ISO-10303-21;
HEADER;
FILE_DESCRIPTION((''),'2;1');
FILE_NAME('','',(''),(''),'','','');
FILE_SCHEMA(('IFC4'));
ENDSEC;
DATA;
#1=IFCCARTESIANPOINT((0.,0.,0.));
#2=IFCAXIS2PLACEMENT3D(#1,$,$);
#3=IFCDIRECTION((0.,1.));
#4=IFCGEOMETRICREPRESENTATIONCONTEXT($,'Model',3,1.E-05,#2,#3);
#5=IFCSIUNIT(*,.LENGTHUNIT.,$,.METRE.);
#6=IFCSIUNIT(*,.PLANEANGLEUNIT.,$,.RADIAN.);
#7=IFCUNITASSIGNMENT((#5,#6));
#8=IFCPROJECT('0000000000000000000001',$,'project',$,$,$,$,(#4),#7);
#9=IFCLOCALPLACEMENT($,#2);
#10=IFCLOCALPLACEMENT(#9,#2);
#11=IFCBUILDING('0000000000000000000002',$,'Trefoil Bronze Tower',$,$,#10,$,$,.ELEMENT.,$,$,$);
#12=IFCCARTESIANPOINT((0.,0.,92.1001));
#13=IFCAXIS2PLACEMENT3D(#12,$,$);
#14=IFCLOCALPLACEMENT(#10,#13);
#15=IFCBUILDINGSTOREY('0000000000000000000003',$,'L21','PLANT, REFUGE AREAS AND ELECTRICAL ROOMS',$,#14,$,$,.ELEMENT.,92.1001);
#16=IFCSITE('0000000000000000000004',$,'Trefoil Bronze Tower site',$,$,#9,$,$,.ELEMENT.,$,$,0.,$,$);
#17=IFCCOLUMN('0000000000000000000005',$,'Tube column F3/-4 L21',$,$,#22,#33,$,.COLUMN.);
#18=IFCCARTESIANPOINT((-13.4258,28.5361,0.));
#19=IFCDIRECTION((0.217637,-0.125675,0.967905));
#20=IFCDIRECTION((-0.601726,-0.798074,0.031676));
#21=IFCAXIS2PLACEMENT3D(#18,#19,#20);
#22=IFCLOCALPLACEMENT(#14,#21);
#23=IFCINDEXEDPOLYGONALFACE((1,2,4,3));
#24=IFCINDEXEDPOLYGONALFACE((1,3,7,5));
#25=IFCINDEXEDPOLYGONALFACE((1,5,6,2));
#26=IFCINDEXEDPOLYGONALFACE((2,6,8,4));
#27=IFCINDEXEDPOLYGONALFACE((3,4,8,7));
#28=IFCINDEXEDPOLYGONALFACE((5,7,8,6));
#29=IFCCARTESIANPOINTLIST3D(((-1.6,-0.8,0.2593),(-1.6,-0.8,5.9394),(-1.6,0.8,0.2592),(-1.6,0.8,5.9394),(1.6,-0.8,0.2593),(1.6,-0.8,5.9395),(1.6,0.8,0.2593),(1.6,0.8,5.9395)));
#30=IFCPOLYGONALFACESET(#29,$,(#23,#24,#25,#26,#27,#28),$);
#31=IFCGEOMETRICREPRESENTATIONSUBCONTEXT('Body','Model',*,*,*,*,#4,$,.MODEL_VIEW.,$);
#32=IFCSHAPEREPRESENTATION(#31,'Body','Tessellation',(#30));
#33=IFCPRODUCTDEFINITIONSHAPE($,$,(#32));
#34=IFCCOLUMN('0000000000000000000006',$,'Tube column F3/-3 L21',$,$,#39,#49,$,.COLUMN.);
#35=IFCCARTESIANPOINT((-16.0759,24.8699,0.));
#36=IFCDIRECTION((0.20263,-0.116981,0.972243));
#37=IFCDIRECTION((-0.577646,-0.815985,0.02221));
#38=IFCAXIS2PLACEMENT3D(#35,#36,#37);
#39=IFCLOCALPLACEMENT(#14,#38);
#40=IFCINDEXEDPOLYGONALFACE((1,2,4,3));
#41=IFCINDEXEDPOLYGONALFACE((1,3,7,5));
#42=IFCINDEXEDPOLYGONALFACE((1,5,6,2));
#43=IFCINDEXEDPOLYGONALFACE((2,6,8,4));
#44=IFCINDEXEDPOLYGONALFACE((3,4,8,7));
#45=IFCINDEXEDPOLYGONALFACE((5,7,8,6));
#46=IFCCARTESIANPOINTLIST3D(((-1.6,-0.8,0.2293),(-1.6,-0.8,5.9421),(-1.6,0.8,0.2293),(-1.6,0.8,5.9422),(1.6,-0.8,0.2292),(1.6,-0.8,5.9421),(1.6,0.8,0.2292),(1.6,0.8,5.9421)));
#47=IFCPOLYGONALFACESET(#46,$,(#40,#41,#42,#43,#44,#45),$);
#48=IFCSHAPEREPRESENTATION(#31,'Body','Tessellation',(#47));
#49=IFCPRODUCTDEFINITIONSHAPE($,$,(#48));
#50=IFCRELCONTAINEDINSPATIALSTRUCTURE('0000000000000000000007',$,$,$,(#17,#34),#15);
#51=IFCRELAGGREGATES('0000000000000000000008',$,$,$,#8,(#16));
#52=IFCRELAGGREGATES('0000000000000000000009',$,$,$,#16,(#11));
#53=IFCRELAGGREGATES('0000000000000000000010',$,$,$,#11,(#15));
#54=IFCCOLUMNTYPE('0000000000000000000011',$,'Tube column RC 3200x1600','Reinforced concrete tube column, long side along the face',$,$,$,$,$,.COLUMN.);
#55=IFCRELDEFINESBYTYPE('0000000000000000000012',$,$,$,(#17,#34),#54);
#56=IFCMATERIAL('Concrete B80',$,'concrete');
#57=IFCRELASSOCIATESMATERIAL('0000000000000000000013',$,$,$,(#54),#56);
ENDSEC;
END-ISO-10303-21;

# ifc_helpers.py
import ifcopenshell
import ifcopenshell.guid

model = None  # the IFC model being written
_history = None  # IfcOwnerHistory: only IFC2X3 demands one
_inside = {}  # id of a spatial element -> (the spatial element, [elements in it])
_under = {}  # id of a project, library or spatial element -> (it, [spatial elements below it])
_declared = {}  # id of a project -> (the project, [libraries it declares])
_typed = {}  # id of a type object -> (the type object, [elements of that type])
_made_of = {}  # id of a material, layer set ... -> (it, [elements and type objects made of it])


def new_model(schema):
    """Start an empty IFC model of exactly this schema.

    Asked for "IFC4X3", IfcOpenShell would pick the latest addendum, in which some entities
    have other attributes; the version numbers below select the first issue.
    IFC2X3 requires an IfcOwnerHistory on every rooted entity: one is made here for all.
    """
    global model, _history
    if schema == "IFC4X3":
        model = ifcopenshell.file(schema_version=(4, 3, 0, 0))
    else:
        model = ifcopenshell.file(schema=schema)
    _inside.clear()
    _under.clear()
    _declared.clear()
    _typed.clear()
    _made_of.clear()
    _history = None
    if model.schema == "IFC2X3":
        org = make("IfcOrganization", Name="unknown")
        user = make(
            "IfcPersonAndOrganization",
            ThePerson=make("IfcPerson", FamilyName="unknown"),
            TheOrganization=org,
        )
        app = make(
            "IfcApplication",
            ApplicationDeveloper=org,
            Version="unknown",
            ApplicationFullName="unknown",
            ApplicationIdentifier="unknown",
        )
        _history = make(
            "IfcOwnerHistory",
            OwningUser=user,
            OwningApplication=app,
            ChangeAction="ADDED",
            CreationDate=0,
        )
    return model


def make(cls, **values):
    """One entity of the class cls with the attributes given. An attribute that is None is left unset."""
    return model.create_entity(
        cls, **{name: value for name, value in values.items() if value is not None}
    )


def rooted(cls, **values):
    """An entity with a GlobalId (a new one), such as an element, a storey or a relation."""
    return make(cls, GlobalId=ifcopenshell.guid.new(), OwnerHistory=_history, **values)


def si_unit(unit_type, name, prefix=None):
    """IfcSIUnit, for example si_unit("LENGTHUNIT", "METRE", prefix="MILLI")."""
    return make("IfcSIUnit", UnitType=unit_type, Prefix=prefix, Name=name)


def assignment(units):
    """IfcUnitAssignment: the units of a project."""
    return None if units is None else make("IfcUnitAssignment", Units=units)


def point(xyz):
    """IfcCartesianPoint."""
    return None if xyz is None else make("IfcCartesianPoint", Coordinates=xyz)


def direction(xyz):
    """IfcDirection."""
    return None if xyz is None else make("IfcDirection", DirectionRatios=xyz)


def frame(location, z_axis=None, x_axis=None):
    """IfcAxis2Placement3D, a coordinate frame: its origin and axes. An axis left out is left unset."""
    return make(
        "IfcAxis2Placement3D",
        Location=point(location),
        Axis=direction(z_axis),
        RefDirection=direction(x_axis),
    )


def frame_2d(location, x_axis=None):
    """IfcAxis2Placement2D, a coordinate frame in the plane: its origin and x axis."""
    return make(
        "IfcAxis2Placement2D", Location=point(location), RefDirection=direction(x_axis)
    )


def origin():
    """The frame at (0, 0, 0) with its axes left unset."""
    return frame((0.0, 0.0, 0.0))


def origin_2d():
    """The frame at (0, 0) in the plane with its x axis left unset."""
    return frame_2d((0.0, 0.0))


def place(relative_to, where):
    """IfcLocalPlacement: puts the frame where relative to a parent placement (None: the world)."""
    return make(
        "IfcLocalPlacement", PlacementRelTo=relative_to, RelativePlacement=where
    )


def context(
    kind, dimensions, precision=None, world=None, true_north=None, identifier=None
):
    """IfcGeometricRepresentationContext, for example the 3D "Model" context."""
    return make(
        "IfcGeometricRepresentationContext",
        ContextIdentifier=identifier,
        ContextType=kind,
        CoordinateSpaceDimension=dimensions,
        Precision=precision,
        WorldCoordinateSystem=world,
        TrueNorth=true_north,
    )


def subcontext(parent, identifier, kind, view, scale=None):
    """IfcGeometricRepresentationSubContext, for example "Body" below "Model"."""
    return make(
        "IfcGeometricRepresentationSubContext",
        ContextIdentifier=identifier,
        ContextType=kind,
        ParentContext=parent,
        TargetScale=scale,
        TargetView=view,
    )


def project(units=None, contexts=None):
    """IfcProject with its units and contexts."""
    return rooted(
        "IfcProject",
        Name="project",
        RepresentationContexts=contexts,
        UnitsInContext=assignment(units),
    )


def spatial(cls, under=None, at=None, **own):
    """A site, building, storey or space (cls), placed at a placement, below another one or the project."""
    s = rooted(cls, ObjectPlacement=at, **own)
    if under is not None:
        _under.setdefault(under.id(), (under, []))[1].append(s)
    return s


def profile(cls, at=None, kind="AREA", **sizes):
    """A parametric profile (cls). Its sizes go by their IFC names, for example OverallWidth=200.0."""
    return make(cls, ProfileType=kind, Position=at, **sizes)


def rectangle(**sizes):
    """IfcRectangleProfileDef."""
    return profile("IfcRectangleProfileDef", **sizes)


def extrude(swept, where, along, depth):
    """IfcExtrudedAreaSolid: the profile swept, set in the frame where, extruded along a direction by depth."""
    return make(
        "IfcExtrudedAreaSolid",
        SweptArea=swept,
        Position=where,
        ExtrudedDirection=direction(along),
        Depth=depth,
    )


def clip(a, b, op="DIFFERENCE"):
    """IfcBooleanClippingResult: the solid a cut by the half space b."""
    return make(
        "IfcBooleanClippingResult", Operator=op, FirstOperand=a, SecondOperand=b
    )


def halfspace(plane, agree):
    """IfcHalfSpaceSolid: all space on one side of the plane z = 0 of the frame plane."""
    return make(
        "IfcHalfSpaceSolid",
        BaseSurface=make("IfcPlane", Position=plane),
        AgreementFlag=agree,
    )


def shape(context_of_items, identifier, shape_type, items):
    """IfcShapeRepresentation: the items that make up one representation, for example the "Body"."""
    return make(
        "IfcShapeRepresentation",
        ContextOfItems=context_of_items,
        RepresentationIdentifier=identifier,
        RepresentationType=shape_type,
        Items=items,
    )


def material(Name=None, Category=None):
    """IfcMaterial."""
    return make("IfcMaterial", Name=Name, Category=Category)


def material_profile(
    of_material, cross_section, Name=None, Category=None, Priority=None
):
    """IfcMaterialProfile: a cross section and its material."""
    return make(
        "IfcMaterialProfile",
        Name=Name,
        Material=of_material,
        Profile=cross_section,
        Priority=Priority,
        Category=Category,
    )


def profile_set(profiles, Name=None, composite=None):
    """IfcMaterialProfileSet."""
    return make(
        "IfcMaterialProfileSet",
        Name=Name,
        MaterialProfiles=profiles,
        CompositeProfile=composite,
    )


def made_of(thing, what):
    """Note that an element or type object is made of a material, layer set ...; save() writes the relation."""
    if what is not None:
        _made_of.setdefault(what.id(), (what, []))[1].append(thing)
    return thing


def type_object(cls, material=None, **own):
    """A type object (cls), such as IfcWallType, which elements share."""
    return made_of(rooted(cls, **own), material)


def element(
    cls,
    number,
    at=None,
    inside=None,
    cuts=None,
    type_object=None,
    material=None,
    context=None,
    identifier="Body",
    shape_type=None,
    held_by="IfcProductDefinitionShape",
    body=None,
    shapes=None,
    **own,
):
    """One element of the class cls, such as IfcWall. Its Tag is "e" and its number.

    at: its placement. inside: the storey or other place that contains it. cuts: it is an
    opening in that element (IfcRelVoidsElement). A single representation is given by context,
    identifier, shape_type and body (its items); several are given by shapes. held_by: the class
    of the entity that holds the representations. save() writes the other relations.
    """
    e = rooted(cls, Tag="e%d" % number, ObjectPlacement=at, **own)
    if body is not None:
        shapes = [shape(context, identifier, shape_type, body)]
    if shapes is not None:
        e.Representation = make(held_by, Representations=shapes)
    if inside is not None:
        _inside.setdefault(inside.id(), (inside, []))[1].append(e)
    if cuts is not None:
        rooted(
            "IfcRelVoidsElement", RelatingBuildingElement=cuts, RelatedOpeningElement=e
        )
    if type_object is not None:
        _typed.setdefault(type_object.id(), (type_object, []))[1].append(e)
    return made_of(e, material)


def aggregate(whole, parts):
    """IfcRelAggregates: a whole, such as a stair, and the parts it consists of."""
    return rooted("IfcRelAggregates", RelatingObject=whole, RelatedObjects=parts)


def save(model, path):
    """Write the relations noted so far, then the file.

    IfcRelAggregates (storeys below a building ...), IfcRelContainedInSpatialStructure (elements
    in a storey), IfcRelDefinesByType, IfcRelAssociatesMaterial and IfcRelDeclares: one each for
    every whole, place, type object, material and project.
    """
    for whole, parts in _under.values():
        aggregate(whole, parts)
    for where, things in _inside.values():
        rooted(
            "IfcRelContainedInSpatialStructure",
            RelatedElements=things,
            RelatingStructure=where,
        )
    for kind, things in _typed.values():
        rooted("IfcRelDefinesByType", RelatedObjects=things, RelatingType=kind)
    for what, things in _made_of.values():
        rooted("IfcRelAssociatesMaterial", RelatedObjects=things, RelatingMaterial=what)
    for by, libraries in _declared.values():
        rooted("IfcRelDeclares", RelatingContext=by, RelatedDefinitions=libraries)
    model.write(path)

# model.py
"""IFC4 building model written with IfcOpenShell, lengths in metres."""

from ifc_helpers import new_model, si_unit, direction, frame, origin, origin_2d, place, context, subcontext, project, spatial, rectangle, extrude, clip, halfspace, material, material_profile, profile_set, type_object, element, save


model = new_model("IFC4")

# Units and contexts
model_context = context("Model", 3, precision=1e-05, world=origin(), true_north=direction((0.0, 1.0)))
body_context = subcontext(model_context, "Body", "Model", "MODEL_VIEW")
ifc_project = project(units=[si_unit("LENGTHUNIT", "METRE"), si_unit("PLANEANGLEUNIT", "RADIAN")], contexts=[model_context])

# Site, building, storey
site_placement = place(None, origin())
site = spatial("IfcSite", under=ifc_project, at=site_placement, Name="Trefoil Bronze Tower site", CompositionType="ELEMENT", RefElevation=0.0)
building_placement = place(site_placement, origin())
building = spatial("IfcBuilding", under=site, at=building_placement, Name="Trefoil Bronze Tower", CompositionType="ELEMENT")
storey_placement = place(building_placement, frame((0.0, 0.0, 92.1001)))
storey = spatial("IfcBuildingStorey", under=building, at=storey_placement, Name="L21", Description="PLANT, REFUGE AREAS AND ELECTRICAL ROOMS", CompositionType="ELEMENT", Elevation=92.1001)

# Columns
ifc_material_1 = material(Name="Concrete B80", Category="concrete")
ifc_material_profile_1 = material_profile(ifc_material_1, rectangle(XDim=3.2, YDim=1.6001, at=origin_2d()), Name="RC 3200x1600")
ifc_profile_set_1 = profile_set([ifc_material_profile_1], Name="Concrete B80")
column_type = type_object("IfcColumnType", Name="Tube column RC 3200x1600", Description="Reinforced concrete tube column, long side along the face", PredefinedType="COLUMN", material=ifc_profile_set_1)
column_1_placement = place(storey_placement, frame((-13.4258, 28.5361, 0.0), z_axis=(0.217637, -0.125675, 0.967905), x_axis=(-0.601726, -0.798074, 0.031676)))
element("IfcColumn", 1, at=column_1_placement, inside=storey, type_object=column_type, Name="Tube column F3/-4 L21", PredefinedType="COLUMN", context=body_context, shape_type="Clipping", body=[
    clip(clip(extrude(rectangle(XDim=3.2, YDim=1.6001, at=origin_2d()), origin(), (0.0, 0.0, 1.0), 6.199), halfspace(frame((0.0, 0.0, 0.2593), z_axis=(-0.000022, 0.00002, 1.0), x_axis=(0.0, 1.0, -0.00002)), True)), halfspace(frame((0.0, 0.0002, 5.9395), z_axis=(0.000022, -0.00002, -1.0), x_axis=(0.0, -1.0, 0.00002)), True)),
])
column_2_placement = place(storey_placement, frame((-16.0759, 24.8699, 0.0), z_axis=(0.20263, -0.116981, 0.972243), x_axis=(-0.577646, -0.815985, 0.02221)))
element("IfcColumn", 2, at=column_2_placement, inside=storey, type_object=column_type, Name="Tube column F3/-3 L21", PredefinedType="COLUMN", context=body_context, shape_type="Clipping", body=[
    clip(clip(extrude(rectangle(XDim=3.2, YDim=1.6001, at=origin_2d()), origin(), (0.0, 0.0, 1.0), 6.1714), halfspace(frame((0.0, 0.0002, 0.2292), z_axis=(0.000007, -0.000002, 1.0), x_axis=(0.0, 1.0, 0.000002)), True)), halfspace(frame((0.0, 0.0002, 5.9421), z_axis=(-0.000007, 0.000002, -1.0), x_axis=(0.0, -1.0, -0.000002)), True)),
])

save(model, "model.ifc")
